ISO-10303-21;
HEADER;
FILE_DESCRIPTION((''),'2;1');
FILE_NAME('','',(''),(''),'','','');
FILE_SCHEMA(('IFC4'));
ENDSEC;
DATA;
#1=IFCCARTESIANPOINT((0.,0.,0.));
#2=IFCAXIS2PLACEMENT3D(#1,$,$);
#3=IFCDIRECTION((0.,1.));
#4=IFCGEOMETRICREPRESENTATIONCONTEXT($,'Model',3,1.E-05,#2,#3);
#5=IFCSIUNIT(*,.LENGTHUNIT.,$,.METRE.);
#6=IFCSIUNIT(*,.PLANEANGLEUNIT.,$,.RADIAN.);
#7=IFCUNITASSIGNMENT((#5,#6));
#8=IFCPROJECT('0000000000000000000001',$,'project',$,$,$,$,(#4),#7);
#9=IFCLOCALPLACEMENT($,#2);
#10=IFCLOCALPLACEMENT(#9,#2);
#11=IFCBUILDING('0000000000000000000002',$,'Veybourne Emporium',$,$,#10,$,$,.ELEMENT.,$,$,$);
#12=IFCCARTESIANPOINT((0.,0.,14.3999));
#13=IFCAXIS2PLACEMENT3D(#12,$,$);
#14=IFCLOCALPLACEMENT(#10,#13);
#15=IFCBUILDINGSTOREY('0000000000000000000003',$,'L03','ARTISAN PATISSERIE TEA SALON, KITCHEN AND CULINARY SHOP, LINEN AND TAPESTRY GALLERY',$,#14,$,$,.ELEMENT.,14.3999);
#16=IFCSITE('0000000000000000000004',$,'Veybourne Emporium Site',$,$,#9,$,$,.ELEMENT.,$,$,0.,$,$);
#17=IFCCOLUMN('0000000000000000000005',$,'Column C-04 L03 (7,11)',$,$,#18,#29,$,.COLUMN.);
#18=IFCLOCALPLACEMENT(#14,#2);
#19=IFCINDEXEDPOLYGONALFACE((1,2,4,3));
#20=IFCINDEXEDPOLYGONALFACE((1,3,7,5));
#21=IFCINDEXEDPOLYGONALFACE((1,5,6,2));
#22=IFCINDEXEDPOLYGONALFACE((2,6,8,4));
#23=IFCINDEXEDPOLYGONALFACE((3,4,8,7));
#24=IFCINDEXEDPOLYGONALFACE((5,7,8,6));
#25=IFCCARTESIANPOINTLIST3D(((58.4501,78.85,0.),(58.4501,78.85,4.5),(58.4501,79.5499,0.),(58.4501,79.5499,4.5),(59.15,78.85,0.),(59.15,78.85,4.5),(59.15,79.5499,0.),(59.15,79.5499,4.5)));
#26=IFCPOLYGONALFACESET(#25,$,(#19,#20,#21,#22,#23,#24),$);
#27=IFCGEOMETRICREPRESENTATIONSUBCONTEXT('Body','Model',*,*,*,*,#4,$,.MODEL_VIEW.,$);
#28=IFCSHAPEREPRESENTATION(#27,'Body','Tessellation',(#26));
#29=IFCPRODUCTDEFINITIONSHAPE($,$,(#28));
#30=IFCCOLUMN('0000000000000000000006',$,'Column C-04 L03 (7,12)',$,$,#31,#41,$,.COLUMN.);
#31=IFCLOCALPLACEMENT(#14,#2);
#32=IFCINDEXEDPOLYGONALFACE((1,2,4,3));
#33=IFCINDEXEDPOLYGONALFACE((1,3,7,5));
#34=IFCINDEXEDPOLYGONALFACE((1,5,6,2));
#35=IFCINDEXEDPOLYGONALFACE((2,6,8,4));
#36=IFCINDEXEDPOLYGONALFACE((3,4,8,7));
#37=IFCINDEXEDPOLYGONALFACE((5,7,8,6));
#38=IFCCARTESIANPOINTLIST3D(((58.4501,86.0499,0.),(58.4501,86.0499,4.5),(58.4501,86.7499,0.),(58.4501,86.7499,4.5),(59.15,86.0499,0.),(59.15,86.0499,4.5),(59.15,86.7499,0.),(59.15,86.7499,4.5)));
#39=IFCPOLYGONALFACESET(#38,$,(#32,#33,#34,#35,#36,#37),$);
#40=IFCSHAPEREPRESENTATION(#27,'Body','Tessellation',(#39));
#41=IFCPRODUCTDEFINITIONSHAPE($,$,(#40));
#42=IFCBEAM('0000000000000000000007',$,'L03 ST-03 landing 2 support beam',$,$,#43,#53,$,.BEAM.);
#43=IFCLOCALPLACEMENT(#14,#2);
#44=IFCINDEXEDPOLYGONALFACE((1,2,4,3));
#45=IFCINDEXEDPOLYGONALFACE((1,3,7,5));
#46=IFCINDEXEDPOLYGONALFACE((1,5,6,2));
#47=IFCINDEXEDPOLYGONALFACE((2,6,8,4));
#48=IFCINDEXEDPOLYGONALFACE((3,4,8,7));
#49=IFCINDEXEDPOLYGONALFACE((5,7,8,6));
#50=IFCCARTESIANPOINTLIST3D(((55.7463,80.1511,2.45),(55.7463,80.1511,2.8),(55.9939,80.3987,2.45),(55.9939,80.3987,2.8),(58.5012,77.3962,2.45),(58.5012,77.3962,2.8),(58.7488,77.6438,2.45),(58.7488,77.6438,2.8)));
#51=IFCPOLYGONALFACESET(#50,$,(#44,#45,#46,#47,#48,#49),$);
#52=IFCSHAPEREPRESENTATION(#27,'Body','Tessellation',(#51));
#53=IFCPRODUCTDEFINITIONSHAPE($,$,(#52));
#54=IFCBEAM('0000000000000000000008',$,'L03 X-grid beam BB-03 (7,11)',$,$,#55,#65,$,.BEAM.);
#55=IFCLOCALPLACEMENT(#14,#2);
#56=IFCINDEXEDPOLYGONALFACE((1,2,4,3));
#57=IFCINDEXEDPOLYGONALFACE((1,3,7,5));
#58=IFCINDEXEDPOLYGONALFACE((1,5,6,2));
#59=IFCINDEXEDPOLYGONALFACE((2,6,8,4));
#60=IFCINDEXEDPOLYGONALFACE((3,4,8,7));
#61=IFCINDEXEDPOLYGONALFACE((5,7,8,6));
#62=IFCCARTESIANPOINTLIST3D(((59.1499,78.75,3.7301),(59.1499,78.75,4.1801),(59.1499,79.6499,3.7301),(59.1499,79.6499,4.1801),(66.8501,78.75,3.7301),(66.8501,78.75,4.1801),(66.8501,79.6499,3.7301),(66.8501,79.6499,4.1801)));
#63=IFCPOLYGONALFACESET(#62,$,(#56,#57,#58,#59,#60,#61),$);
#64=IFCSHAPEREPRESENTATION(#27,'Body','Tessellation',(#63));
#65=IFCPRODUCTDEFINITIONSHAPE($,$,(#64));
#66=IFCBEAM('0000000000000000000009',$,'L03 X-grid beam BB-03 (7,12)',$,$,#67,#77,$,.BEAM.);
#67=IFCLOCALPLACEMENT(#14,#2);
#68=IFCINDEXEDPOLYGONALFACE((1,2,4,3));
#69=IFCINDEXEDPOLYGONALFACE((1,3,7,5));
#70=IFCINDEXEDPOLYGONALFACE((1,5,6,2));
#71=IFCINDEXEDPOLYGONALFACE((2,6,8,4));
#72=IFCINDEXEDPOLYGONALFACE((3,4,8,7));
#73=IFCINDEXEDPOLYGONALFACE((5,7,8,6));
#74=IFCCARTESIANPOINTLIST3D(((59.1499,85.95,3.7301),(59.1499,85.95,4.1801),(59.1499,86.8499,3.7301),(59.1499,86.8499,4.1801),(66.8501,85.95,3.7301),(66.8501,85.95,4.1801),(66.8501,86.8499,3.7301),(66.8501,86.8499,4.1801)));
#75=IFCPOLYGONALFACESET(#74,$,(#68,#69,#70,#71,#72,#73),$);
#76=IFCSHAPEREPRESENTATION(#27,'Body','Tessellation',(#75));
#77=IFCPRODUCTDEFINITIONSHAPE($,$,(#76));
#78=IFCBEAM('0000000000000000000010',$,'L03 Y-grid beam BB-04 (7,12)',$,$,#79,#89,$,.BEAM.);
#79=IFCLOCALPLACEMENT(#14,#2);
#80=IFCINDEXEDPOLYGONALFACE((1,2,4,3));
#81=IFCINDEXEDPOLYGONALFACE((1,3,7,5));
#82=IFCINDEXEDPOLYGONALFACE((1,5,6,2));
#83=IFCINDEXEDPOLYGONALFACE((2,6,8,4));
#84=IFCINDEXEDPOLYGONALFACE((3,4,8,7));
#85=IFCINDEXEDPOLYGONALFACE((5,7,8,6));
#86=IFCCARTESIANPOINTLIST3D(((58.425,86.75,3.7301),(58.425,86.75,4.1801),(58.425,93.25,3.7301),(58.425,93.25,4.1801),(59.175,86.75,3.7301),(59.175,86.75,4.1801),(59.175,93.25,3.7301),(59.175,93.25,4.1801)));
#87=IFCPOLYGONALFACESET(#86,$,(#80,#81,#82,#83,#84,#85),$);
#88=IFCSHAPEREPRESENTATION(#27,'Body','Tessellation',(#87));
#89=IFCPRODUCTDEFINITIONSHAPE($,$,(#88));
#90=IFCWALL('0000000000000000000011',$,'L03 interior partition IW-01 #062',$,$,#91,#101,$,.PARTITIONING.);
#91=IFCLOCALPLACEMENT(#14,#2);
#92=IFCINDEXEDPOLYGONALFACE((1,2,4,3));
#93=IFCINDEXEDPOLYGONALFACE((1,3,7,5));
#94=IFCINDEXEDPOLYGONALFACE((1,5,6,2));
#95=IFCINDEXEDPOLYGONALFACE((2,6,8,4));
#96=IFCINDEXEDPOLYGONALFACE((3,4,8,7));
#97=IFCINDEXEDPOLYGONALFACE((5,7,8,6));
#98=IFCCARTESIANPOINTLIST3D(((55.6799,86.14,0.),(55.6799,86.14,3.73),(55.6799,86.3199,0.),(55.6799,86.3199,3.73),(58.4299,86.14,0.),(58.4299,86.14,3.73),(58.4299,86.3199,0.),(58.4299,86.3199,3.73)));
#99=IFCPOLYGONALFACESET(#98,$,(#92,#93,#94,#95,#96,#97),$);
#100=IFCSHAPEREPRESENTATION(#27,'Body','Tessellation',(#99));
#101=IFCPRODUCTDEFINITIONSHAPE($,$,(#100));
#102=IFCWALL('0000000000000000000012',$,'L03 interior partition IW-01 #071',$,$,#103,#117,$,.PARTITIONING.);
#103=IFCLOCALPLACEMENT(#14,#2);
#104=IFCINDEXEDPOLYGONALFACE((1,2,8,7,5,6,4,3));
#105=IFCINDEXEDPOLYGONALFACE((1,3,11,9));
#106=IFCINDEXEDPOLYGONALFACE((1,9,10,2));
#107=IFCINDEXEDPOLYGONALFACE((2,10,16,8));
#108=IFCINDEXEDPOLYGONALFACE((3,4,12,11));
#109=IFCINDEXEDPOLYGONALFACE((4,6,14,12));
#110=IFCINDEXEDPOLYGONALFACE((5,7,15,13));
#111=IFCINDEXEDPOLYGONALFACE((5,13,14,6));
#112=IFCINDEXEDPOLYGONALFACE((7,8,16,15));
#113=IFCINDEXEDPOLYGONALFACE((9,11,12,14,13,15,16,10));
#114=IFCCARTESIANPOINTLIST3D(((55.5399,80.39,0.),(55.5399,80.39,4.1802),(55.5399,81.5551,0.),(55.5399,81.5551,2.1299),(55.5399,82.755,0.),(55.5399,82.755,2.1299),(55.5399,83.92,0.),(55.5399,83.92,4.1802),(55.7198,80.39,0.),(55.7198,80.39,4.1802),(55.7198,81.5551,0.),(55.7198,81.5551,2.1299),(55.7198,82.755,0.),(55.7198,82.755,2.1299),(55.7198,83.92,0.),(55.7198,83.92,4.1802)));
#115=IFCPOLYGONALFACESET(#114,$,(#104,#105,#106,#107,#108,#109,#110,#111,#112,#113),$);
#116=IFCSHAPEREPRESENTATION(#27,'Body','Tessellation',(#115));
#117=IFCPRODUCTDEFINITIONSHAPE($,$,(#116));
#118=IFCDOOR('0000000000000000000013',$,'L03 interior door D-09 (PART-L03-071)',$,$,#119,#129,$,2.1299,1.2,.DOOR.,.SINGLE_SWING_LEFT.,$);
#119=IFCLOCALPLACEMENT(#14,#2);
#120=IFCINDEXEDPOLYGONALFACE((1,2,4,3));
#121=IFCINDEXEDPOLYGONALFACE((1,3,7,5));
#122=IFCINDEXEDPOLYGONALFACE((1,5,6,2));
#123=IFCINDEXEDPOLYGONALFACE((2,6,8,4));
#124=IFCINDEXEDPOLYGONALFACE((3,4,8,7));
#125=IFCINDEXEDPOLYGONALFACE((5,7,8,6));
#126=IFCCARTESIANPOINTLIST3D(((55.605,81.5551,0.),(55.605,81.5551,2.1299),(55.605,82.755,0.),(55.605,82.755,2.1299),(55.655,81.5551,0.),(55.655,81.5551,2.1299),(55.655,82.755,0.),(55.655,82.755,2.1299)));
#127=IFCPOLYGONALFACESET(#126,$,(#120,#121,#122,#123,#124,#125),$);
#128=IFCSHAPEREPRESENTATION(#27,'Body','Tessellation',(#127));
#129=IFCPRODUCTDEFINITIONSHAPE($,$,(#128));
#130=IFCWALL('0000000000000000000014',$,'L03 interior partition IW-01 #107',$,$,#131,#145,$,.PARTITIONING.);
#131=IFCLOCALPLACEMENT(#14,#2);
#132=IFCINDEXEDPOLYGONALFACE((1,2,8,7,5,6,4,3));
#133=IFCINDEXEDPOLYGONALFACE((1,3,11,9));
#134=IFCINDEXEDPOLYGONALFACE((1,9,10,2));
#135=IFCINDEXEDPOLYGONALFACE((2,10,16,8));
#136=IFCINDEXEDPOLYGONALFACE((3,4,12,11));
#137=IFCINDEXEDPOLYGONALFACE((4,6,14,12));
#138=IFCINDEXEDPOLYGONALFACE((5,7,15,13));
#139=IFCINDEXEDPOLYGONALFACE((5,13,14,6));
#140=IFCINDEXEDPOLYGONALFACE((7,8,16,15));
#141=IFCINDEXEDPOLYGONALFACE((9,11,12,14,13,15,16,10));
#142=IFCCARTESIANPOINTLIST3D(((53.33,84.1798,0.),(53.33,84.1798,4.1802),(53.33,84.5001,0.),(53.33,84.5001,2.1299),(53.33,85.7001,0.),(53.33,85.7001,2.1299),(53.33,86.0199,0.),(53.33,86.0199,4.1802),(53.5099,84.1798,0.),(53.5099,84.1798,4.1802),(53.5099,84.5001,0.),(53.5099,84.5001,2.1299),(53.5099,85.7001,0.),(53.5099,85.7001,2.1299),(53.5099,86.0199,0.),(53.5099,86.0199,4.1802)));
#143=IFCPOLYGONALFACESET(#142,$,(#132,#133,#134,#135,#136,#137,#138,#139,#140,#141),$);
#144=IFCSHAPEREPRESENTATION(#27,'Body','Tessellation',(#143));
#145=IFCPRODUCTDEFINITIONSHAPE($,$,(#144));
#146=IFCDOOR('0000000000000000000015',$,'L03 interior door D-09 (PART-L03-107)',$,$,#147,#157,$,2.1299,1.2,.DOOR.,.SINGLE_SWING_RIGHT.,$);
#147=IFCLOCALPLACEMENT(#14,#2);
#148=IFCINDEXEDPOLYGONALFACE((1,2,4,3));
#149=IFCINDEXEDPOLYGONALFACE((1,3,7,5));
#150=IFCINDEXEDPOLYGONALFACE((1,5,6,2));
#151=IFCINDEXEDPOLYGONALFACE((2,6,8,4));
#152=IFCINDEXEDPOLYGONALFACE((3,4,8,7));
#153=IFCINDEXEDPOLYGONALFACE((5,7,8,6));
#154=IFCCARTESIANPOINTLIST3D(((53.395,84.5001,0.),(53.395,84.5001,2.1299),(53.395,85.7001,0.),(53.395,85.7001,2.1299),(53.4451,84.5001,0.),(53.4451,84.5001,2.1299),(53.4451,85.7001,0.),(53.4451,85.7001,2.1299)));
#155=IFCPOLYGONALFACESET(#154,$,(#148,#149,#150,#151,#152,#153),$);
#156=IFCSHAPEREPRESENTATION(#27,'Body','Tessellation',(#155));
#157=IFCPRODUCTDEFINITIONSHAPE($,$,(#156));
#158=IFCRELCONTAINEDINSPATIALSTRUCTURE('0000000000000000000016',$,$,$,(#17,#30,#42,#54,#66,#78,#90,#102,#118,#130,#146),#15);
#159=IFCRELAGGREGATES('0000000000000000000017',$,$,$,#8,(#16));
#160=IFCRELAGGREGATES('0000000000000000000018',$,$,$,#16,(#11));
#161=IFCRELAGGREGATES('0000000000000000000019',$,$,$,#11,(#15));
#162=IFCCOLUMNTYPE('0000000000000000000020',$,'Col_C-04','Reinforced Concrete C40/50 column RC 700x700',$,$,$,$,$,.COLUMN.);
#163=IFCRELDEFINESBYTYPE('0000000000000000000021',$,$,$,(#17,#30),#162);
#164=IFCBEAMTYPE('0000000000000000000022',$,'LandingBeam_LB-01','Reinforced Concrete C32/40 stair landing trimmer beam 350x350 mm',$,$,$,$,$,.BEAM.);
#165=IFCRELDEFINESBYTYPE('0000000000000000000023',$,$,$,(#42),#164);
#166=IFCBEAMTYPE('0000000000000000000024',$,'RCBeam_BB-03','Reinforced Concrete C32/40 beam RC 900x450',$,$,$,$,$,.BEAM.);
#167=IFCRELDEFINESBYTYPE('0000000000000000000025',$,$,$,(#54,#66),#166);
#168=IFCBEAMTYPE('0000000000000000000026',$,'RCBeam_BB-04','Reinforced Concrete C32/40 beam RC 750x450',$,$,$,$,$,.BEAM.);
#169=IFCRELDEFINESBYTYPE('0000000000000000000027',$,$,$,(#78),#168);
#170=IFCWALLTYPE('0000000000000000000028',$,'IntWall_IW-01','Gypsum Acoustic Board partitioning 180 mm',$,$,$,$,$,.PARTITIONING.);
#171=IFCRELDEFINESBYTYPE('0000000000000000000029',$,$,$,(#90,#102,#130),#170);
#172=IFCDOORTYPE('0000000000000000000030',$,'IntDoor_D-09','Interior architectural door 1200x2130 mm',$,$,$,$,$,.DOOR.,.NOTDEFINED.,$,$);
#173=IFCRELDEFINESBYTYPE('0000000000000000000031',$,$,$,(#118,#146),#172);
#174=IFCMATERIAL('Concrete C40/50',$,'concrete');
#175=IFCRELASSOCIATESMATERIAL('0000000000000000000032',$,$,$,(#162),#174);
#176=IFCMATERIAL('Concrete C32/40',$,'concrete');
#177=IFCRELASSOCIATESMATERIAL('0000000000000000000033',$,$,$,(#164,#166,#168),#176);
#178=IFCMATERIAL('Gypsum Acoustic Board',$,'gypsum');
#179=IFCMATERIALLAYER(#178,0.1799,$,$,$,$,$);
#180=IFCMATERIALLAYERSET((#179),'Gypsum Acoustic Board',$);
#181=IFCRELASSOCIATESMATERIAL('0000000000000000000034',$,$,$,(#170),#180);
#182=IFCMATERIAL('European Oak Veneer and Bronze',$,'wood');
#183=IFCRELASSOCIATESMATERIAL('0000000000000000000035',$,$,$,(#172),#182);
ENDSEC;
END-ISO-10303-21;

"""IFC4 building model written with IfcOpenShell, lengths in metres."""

from ifc_helpers import new_model, si_unit, direction, frame, frame_2d, origin, origin_2d, place, context, subcontext, project, spatial, rectangle, extrude, material, layer, layer_set, material_profile, profile_set, type_object, element, fill, save


model = new_model("IFC4")

# Units and contexts
model_context = context("Model", 3, precision=1e-05, world=origin(), true_north=direction((0.0, 1.0)))
body_context = subcontext(model_context, "Body", "Model", "MODEL_VIEW")
ifc_project = project(units=[si_unit("LENGTHUNIT", "METRE"), si_unit("PLANEANGLEUNIT", "RADIAN")], contexts=[model_context])

# Site, building, storey
site_placement = place(None, origin())
site = spatial("IfcSite", under=ifc_project, at=site_placement, Name="Veybourne Emporium Site", CompositionType="ELEMENT", RefElevation=0.0)
building_placement = place(site_placement, origin())
building = spatial("IfcBuilding", under=site, at=building_placement, Name="Veybourne Emporium", CompositionType="ELEMENT")
storey_placement = place(building_placement, frame((0.0, 0.0, 14.3999)))
storey = spatial("IfcBuildingStorey", under=building, at=storey_placement, Name="L03", Description="ARTISAN PATISSERIE TEA SALON, KITCHEN AND CULINARY SHOP, LINEN AND TAPESTRY GALLERY", CompositionType="ELEMENT", Elevation=14.3999)

# Columns
ifc_material_1 = material(Name="Concrete C40/50", Category="concrete")
ifc_material_profile_1 = material_profile(ifc_material_1, rectangle(XDim=0.7, YDim=0.7, at=origin_2d()), Name="RC 700x700")
ifc_profile_set_1 = profile_set([ifc_material_profile_1], Name="Concrete C40/50")
column_type = type_object("IfcColumnType", Name="Col_C-04", Description="Reinforced Concrete C40/50 column RC 700x700", PredefinedType="COLUMN", material=ifc_profile_set_1)
for number, where, z_axis, x_axis, name in (
    (1, (58.8, 79.2, 0.0), (0.0, 0.0, 1.0), (1.0, 0.0, 0.0), "Column C-04 L03 (7,11)"),
    (2, (58.8, 86.3999, 0.0), (0.0, 0.0, 1.0), (1.0, 0.0, 0.0), "Column C-04 L03 (7,12)"),
):
    element("IfcColumn", number, at=place(storey_placement, frame(where, z_axis=z_axis, x_axis=x_axis)), inside=storey, type_object=column_type, Name=name, PredefinedType="COLUMN", context=body_context, shape_type="SweptSolid", body=[
        extrude(rectangle(XDim=0.7, YDim=0.7, at=origin_2d()), origin(), (0.0, 0.0, 1.0), 4.5),
    ])

# Beams
ifc_material_2 = material(Name="Concrete C32/40", Category="concrete")
ifc_material_profile_2 = material_profile(ifc_material_2, rectangle(XDim=0.3501, YDim=0.3501, at=origin_2d()), Name="RC 350x350")
ifc_profile_set_2 = profile_set([ifc_material_profile_2], Name="Concrete C32/40")
beam_type_1 = type_object("IfcBeamType", Name="LandingBeam_LB-01", Description="Reinforced Concrete C32/40 stair landing trimmer beam 350x350 mm", PredefinedType="BEAM", material=ifc_profile_set_2)
beam_1_placement = place(storey_placement, frame((55.8701, 80.2749, 2.625), z_axis=(0.707107, -0.707107, 0.0), x_axis=(0.707107, 0.707107, 0.0)))
element("IfcBeam", 3, at=beam_1_placement, inside=storey, type_object=beam_type_1, Name="L03 ST-03 landing 2 support beam", PredefinedType="BEAM", context=body_context, shape_type="SweptSolid", body=[
    extrude(rectangle(XDim=0.3501, YDim=0.3501, at=origin_2d()), origin(), (0.0, 0.0, 1.0), 3.896),
])
ifc_material_profile_3 = material_profile(ifc_material_2, rectangle(XDim=0.8999, YDim=0.45, at=origin_2d()), Name="RC 900x450")
ifc_profile_set_3 = profile_set([ifc_material_profile_3], Name="Concrete C32/40")
beam_type_2 = type_object("IfcBeamType", Name="RCBeam_BB-03", Description="Reinforced Concrete C32/40 beam RC 900x450", PredefinedType="BEAM", material=ifc_profile_set_3)
for number, where, z_axis, x_axis, name in (
    (4, (59.1499, 79.2, 3.9551), (1.0, 0.0, 0.0), (0.0, 1.0, 0.0), "L03 X-grid beam BB-03 (7,11)"),
    (5, (59.1499, 86.3999, 3.9551), (1.0, 0.0, 0.0), (0.0, 1.0, 0.0), "L03 X-grid beam BB-03 (7,12)"),
):
    element("IfcBeam", number, at=place(storey_placement, frame(where, z_axis=z_axis, x_axis=x_axis)), inside=storey, type_object=beam_type_2, Name=name, PredefinedType="BEAM", context=body_context, shape_type="SweptSolid", body=[
        extrude(rectangle(XDim=0.8999, YDim=0.45, at=origin_2d()), origin(), (0.0, 0.0, 1.0), 7.7002),
    ])
ifc_material_profile_4 = material_profile(ifc_material_2, rectangle(XDim=0.75, YDim=0.45, at=origin_2d()), Name="RC 750x450")
ifc_profile_set_4 = profile_set([ifc_material_profile_4], Name="Concrete C32/40")
beam_type_3 = type_object("IfcBeamType", Name="RCBeam_BB-04", Description="Reinforced Concrete C32/40 beam RC 750x450", PredefinedType="BEAM", material=ifc_profile_set_4)
beam_2_placement = place(storey_placement, frame((58.8, 86.75, 3.9551), z_axis=(0.0, 1.0, 0.0), x_axis=(-1.0, 0.0, 0.0)))
element("IfcBeam", 6, at=beam_2_placement, inside=storey, type_object=beam_type_3, Name="L03 Y-grid beam BB-04 (7,12)", PredefinedType="BEAM", context=body_context, shape_type="SweptSolid", body=[
    extrude(rectangle(XDim=0.75, YDim=0.45, at=origin_2d()), origin(), (0.0, 0.0, 1.0), 6.5),
])

# Wall
ifc_material_3 = material(Name="Gypsum Acoustic Board", Category="gypsum")
ifc_layer_1 = layer(ifc_material_3, 0.1799)
ifc_layer_set_1 = layer_set([ifc_layer_1], Name="Gypsum Acoustic Board")
wall_type_1 = type_object("IfcWallType", Name="IntWall_IW-01", Description="Gypsum Acoustic Board partitioning 180 mm", PredefinedType="PARTITIONING", material=ifc_layer_set_1)
wall_1_placement = place(storey_placement, frame((55.6799, 86.23, 0.0), z_axis=(0.0, 0.0, 1.0), x_axis=(1.0, 0.0, 0.0)))
element("IfcWall", 7, at=wall_1_placement, inside=storey, type_object=wall_type_1, Name="L03 interior partition IW-01 #062", PredefinedType="PARTITIONING", context=body_context, shape_type="SweptSolid", body=[
    extrude(rectangle(XDim=2.75, YDim=0.1799, at=frame_2d((1.375, 0.0))), origin(), (0.0, 0.0, 1.0), 3.73),
])

# Walls, openings, doors
wall_2_placement = place(storey_placement, frame((55.6299, 80.3899, 0.0), z_axis=(0.0, 0.0, 1.0), x_axis=(0.0, 1.0, 0.0)))
wall_2 = element("IfcWall", 8, at=wall_2_placement, inside=storey, type_object=wall_type_1, Name="L03 interior partition IW-01 #071", PredefinedType="PARTITIONING", context=body_context, shape_type="SweptSolid", body=[
    extrude(rectangle(XDim=3.53, YDim=0.1799, at=frame_2d((1.7651, 0.0))), origin(), (0.0, 0.0, 1.0), 4.1802),
])
opening_1_placement = place(wall_2_placement, frame((1.165, 0.0, 0.0)))
opening_1 = element("IfcOpeningElement", 9, at=opening_1_placement, cuts=wall_2, PredefinedType="OPENING", context=body_context, shape_type="SweptSolid", body=[
    extrude(rectangle(XDim=1.2, YDim=2.1299, at=frame_2d((0.6001, 1.0649))), frame((0.0, 0.1099, 0.0), z_axis=(0.0, -1.0, 0.0), x_axis=(1.0, 0.0, 0.0)), (0.0, 0.0, 1.0), 0.22),
])
ifc_material_4 = material(Name="European Oak Veneer and Bronze", Category="wood")
door_type_1 = type_object("IfcDoorType", Name="IntDoor_D-09", Description="Interior architectural door 1200x2130 mm", OperationType="NOTDEFINED", PredefinedType="DOOR", material=ifc_material_4)
door_1_placement = place(opening_1_placement, origin())
door_1 = element("IfcDoor", 10, at=door_1_placement, inside=storey, type_object=door_type_1, Name="L03 interior door D-09 (PART-L03-071)", OperationType="SINGLE_SWING_LEFT", OverallHeight=2.1299, OverallWidth=1.2, PredefinedType="DOOR", context=body_context, shape_type="SweptSolid", body=[
    extrude(rectangle(XDim=1.2, YDim=2.1299, at=frame_2d((0.6001, 1.0649))), frame((0.0, 0.0249, 0.0), z_axis=(0.0, -1.0, 0.0), x_axis=(1.0, 0.0, 0.0)), (0.0, 0.0, 1.0), 0.05),
])
fill(opening_1, door_1)
wall_3_placement = place(storey_placement, frame((53.4199, 84.1799, 0.0), z_axis=(0.0, 0.0, 1.0), x_axis=(0.0, 1.0, 0.0)))
wall_3 = element("IfcWall", 11, at=wall_3_placement, inside=storey, type_object=wall_type_1, Name="L03 interior partition IW-01 #107", PredefinedType="PARTITIONING", context=body_context, shape_type="SweptSolid", body=[
    extrude(rectangle(XDim=1.8401, YDim=0.1799, at=frame_2d((0.9199, 0.0))), origin(), (0.0, 0.0, 1.0), 4.1802),
])
opening_2_placement = place(wall_3_placement, frame((0.3201, 0.0, 0.0)))
opening_2 = element("IfcOpeningElement", 12, at=opening_2_placement, cuts=wall_3, PredefinedType="OPENING", context=body_context, shape_type="SweptSolid", body=[
    extrude(rectangle(XDim=1.2, YDim=2.1299, at=frame_2d((0.6001, 1.0649))), frame((0.0, 0.1099, 0.0), z_axis=(0.0, -1.0, 0.0), x_axis=(1.0, 0.0, 0.0)), (0.0, 0.0, 1.0), 0.22),
])
door_2_placement = place(opening_2_placement, origin())
door_2 = element("IfcDoor", 13, at=door_2_placement, inside=storey, type_object=door_type_1, Name="L03 interior door D-09 (PART-L03-107)", OperationType="SINGLE_SWING_RIGHT", OverallHeight=2.1299, OverallWidth=1.2, PredefinedType="DOOR", context=body_context, shape_type="SweptSolid", body=[
    extrude(rectangle(XDim=1.2, YDim=2.1299, at=frame_2d((0.6001, 1.0649))), frame((0.0, 0.0249, 0.0), z_axis=(0.0, -1.0, 0.0), x_axis=(1.0, 0.0, 0.0)), (0.0, 0.0, 1.0), 0.05),
])
fill(opening_2, door_2)

save(model, "model.ifc")
